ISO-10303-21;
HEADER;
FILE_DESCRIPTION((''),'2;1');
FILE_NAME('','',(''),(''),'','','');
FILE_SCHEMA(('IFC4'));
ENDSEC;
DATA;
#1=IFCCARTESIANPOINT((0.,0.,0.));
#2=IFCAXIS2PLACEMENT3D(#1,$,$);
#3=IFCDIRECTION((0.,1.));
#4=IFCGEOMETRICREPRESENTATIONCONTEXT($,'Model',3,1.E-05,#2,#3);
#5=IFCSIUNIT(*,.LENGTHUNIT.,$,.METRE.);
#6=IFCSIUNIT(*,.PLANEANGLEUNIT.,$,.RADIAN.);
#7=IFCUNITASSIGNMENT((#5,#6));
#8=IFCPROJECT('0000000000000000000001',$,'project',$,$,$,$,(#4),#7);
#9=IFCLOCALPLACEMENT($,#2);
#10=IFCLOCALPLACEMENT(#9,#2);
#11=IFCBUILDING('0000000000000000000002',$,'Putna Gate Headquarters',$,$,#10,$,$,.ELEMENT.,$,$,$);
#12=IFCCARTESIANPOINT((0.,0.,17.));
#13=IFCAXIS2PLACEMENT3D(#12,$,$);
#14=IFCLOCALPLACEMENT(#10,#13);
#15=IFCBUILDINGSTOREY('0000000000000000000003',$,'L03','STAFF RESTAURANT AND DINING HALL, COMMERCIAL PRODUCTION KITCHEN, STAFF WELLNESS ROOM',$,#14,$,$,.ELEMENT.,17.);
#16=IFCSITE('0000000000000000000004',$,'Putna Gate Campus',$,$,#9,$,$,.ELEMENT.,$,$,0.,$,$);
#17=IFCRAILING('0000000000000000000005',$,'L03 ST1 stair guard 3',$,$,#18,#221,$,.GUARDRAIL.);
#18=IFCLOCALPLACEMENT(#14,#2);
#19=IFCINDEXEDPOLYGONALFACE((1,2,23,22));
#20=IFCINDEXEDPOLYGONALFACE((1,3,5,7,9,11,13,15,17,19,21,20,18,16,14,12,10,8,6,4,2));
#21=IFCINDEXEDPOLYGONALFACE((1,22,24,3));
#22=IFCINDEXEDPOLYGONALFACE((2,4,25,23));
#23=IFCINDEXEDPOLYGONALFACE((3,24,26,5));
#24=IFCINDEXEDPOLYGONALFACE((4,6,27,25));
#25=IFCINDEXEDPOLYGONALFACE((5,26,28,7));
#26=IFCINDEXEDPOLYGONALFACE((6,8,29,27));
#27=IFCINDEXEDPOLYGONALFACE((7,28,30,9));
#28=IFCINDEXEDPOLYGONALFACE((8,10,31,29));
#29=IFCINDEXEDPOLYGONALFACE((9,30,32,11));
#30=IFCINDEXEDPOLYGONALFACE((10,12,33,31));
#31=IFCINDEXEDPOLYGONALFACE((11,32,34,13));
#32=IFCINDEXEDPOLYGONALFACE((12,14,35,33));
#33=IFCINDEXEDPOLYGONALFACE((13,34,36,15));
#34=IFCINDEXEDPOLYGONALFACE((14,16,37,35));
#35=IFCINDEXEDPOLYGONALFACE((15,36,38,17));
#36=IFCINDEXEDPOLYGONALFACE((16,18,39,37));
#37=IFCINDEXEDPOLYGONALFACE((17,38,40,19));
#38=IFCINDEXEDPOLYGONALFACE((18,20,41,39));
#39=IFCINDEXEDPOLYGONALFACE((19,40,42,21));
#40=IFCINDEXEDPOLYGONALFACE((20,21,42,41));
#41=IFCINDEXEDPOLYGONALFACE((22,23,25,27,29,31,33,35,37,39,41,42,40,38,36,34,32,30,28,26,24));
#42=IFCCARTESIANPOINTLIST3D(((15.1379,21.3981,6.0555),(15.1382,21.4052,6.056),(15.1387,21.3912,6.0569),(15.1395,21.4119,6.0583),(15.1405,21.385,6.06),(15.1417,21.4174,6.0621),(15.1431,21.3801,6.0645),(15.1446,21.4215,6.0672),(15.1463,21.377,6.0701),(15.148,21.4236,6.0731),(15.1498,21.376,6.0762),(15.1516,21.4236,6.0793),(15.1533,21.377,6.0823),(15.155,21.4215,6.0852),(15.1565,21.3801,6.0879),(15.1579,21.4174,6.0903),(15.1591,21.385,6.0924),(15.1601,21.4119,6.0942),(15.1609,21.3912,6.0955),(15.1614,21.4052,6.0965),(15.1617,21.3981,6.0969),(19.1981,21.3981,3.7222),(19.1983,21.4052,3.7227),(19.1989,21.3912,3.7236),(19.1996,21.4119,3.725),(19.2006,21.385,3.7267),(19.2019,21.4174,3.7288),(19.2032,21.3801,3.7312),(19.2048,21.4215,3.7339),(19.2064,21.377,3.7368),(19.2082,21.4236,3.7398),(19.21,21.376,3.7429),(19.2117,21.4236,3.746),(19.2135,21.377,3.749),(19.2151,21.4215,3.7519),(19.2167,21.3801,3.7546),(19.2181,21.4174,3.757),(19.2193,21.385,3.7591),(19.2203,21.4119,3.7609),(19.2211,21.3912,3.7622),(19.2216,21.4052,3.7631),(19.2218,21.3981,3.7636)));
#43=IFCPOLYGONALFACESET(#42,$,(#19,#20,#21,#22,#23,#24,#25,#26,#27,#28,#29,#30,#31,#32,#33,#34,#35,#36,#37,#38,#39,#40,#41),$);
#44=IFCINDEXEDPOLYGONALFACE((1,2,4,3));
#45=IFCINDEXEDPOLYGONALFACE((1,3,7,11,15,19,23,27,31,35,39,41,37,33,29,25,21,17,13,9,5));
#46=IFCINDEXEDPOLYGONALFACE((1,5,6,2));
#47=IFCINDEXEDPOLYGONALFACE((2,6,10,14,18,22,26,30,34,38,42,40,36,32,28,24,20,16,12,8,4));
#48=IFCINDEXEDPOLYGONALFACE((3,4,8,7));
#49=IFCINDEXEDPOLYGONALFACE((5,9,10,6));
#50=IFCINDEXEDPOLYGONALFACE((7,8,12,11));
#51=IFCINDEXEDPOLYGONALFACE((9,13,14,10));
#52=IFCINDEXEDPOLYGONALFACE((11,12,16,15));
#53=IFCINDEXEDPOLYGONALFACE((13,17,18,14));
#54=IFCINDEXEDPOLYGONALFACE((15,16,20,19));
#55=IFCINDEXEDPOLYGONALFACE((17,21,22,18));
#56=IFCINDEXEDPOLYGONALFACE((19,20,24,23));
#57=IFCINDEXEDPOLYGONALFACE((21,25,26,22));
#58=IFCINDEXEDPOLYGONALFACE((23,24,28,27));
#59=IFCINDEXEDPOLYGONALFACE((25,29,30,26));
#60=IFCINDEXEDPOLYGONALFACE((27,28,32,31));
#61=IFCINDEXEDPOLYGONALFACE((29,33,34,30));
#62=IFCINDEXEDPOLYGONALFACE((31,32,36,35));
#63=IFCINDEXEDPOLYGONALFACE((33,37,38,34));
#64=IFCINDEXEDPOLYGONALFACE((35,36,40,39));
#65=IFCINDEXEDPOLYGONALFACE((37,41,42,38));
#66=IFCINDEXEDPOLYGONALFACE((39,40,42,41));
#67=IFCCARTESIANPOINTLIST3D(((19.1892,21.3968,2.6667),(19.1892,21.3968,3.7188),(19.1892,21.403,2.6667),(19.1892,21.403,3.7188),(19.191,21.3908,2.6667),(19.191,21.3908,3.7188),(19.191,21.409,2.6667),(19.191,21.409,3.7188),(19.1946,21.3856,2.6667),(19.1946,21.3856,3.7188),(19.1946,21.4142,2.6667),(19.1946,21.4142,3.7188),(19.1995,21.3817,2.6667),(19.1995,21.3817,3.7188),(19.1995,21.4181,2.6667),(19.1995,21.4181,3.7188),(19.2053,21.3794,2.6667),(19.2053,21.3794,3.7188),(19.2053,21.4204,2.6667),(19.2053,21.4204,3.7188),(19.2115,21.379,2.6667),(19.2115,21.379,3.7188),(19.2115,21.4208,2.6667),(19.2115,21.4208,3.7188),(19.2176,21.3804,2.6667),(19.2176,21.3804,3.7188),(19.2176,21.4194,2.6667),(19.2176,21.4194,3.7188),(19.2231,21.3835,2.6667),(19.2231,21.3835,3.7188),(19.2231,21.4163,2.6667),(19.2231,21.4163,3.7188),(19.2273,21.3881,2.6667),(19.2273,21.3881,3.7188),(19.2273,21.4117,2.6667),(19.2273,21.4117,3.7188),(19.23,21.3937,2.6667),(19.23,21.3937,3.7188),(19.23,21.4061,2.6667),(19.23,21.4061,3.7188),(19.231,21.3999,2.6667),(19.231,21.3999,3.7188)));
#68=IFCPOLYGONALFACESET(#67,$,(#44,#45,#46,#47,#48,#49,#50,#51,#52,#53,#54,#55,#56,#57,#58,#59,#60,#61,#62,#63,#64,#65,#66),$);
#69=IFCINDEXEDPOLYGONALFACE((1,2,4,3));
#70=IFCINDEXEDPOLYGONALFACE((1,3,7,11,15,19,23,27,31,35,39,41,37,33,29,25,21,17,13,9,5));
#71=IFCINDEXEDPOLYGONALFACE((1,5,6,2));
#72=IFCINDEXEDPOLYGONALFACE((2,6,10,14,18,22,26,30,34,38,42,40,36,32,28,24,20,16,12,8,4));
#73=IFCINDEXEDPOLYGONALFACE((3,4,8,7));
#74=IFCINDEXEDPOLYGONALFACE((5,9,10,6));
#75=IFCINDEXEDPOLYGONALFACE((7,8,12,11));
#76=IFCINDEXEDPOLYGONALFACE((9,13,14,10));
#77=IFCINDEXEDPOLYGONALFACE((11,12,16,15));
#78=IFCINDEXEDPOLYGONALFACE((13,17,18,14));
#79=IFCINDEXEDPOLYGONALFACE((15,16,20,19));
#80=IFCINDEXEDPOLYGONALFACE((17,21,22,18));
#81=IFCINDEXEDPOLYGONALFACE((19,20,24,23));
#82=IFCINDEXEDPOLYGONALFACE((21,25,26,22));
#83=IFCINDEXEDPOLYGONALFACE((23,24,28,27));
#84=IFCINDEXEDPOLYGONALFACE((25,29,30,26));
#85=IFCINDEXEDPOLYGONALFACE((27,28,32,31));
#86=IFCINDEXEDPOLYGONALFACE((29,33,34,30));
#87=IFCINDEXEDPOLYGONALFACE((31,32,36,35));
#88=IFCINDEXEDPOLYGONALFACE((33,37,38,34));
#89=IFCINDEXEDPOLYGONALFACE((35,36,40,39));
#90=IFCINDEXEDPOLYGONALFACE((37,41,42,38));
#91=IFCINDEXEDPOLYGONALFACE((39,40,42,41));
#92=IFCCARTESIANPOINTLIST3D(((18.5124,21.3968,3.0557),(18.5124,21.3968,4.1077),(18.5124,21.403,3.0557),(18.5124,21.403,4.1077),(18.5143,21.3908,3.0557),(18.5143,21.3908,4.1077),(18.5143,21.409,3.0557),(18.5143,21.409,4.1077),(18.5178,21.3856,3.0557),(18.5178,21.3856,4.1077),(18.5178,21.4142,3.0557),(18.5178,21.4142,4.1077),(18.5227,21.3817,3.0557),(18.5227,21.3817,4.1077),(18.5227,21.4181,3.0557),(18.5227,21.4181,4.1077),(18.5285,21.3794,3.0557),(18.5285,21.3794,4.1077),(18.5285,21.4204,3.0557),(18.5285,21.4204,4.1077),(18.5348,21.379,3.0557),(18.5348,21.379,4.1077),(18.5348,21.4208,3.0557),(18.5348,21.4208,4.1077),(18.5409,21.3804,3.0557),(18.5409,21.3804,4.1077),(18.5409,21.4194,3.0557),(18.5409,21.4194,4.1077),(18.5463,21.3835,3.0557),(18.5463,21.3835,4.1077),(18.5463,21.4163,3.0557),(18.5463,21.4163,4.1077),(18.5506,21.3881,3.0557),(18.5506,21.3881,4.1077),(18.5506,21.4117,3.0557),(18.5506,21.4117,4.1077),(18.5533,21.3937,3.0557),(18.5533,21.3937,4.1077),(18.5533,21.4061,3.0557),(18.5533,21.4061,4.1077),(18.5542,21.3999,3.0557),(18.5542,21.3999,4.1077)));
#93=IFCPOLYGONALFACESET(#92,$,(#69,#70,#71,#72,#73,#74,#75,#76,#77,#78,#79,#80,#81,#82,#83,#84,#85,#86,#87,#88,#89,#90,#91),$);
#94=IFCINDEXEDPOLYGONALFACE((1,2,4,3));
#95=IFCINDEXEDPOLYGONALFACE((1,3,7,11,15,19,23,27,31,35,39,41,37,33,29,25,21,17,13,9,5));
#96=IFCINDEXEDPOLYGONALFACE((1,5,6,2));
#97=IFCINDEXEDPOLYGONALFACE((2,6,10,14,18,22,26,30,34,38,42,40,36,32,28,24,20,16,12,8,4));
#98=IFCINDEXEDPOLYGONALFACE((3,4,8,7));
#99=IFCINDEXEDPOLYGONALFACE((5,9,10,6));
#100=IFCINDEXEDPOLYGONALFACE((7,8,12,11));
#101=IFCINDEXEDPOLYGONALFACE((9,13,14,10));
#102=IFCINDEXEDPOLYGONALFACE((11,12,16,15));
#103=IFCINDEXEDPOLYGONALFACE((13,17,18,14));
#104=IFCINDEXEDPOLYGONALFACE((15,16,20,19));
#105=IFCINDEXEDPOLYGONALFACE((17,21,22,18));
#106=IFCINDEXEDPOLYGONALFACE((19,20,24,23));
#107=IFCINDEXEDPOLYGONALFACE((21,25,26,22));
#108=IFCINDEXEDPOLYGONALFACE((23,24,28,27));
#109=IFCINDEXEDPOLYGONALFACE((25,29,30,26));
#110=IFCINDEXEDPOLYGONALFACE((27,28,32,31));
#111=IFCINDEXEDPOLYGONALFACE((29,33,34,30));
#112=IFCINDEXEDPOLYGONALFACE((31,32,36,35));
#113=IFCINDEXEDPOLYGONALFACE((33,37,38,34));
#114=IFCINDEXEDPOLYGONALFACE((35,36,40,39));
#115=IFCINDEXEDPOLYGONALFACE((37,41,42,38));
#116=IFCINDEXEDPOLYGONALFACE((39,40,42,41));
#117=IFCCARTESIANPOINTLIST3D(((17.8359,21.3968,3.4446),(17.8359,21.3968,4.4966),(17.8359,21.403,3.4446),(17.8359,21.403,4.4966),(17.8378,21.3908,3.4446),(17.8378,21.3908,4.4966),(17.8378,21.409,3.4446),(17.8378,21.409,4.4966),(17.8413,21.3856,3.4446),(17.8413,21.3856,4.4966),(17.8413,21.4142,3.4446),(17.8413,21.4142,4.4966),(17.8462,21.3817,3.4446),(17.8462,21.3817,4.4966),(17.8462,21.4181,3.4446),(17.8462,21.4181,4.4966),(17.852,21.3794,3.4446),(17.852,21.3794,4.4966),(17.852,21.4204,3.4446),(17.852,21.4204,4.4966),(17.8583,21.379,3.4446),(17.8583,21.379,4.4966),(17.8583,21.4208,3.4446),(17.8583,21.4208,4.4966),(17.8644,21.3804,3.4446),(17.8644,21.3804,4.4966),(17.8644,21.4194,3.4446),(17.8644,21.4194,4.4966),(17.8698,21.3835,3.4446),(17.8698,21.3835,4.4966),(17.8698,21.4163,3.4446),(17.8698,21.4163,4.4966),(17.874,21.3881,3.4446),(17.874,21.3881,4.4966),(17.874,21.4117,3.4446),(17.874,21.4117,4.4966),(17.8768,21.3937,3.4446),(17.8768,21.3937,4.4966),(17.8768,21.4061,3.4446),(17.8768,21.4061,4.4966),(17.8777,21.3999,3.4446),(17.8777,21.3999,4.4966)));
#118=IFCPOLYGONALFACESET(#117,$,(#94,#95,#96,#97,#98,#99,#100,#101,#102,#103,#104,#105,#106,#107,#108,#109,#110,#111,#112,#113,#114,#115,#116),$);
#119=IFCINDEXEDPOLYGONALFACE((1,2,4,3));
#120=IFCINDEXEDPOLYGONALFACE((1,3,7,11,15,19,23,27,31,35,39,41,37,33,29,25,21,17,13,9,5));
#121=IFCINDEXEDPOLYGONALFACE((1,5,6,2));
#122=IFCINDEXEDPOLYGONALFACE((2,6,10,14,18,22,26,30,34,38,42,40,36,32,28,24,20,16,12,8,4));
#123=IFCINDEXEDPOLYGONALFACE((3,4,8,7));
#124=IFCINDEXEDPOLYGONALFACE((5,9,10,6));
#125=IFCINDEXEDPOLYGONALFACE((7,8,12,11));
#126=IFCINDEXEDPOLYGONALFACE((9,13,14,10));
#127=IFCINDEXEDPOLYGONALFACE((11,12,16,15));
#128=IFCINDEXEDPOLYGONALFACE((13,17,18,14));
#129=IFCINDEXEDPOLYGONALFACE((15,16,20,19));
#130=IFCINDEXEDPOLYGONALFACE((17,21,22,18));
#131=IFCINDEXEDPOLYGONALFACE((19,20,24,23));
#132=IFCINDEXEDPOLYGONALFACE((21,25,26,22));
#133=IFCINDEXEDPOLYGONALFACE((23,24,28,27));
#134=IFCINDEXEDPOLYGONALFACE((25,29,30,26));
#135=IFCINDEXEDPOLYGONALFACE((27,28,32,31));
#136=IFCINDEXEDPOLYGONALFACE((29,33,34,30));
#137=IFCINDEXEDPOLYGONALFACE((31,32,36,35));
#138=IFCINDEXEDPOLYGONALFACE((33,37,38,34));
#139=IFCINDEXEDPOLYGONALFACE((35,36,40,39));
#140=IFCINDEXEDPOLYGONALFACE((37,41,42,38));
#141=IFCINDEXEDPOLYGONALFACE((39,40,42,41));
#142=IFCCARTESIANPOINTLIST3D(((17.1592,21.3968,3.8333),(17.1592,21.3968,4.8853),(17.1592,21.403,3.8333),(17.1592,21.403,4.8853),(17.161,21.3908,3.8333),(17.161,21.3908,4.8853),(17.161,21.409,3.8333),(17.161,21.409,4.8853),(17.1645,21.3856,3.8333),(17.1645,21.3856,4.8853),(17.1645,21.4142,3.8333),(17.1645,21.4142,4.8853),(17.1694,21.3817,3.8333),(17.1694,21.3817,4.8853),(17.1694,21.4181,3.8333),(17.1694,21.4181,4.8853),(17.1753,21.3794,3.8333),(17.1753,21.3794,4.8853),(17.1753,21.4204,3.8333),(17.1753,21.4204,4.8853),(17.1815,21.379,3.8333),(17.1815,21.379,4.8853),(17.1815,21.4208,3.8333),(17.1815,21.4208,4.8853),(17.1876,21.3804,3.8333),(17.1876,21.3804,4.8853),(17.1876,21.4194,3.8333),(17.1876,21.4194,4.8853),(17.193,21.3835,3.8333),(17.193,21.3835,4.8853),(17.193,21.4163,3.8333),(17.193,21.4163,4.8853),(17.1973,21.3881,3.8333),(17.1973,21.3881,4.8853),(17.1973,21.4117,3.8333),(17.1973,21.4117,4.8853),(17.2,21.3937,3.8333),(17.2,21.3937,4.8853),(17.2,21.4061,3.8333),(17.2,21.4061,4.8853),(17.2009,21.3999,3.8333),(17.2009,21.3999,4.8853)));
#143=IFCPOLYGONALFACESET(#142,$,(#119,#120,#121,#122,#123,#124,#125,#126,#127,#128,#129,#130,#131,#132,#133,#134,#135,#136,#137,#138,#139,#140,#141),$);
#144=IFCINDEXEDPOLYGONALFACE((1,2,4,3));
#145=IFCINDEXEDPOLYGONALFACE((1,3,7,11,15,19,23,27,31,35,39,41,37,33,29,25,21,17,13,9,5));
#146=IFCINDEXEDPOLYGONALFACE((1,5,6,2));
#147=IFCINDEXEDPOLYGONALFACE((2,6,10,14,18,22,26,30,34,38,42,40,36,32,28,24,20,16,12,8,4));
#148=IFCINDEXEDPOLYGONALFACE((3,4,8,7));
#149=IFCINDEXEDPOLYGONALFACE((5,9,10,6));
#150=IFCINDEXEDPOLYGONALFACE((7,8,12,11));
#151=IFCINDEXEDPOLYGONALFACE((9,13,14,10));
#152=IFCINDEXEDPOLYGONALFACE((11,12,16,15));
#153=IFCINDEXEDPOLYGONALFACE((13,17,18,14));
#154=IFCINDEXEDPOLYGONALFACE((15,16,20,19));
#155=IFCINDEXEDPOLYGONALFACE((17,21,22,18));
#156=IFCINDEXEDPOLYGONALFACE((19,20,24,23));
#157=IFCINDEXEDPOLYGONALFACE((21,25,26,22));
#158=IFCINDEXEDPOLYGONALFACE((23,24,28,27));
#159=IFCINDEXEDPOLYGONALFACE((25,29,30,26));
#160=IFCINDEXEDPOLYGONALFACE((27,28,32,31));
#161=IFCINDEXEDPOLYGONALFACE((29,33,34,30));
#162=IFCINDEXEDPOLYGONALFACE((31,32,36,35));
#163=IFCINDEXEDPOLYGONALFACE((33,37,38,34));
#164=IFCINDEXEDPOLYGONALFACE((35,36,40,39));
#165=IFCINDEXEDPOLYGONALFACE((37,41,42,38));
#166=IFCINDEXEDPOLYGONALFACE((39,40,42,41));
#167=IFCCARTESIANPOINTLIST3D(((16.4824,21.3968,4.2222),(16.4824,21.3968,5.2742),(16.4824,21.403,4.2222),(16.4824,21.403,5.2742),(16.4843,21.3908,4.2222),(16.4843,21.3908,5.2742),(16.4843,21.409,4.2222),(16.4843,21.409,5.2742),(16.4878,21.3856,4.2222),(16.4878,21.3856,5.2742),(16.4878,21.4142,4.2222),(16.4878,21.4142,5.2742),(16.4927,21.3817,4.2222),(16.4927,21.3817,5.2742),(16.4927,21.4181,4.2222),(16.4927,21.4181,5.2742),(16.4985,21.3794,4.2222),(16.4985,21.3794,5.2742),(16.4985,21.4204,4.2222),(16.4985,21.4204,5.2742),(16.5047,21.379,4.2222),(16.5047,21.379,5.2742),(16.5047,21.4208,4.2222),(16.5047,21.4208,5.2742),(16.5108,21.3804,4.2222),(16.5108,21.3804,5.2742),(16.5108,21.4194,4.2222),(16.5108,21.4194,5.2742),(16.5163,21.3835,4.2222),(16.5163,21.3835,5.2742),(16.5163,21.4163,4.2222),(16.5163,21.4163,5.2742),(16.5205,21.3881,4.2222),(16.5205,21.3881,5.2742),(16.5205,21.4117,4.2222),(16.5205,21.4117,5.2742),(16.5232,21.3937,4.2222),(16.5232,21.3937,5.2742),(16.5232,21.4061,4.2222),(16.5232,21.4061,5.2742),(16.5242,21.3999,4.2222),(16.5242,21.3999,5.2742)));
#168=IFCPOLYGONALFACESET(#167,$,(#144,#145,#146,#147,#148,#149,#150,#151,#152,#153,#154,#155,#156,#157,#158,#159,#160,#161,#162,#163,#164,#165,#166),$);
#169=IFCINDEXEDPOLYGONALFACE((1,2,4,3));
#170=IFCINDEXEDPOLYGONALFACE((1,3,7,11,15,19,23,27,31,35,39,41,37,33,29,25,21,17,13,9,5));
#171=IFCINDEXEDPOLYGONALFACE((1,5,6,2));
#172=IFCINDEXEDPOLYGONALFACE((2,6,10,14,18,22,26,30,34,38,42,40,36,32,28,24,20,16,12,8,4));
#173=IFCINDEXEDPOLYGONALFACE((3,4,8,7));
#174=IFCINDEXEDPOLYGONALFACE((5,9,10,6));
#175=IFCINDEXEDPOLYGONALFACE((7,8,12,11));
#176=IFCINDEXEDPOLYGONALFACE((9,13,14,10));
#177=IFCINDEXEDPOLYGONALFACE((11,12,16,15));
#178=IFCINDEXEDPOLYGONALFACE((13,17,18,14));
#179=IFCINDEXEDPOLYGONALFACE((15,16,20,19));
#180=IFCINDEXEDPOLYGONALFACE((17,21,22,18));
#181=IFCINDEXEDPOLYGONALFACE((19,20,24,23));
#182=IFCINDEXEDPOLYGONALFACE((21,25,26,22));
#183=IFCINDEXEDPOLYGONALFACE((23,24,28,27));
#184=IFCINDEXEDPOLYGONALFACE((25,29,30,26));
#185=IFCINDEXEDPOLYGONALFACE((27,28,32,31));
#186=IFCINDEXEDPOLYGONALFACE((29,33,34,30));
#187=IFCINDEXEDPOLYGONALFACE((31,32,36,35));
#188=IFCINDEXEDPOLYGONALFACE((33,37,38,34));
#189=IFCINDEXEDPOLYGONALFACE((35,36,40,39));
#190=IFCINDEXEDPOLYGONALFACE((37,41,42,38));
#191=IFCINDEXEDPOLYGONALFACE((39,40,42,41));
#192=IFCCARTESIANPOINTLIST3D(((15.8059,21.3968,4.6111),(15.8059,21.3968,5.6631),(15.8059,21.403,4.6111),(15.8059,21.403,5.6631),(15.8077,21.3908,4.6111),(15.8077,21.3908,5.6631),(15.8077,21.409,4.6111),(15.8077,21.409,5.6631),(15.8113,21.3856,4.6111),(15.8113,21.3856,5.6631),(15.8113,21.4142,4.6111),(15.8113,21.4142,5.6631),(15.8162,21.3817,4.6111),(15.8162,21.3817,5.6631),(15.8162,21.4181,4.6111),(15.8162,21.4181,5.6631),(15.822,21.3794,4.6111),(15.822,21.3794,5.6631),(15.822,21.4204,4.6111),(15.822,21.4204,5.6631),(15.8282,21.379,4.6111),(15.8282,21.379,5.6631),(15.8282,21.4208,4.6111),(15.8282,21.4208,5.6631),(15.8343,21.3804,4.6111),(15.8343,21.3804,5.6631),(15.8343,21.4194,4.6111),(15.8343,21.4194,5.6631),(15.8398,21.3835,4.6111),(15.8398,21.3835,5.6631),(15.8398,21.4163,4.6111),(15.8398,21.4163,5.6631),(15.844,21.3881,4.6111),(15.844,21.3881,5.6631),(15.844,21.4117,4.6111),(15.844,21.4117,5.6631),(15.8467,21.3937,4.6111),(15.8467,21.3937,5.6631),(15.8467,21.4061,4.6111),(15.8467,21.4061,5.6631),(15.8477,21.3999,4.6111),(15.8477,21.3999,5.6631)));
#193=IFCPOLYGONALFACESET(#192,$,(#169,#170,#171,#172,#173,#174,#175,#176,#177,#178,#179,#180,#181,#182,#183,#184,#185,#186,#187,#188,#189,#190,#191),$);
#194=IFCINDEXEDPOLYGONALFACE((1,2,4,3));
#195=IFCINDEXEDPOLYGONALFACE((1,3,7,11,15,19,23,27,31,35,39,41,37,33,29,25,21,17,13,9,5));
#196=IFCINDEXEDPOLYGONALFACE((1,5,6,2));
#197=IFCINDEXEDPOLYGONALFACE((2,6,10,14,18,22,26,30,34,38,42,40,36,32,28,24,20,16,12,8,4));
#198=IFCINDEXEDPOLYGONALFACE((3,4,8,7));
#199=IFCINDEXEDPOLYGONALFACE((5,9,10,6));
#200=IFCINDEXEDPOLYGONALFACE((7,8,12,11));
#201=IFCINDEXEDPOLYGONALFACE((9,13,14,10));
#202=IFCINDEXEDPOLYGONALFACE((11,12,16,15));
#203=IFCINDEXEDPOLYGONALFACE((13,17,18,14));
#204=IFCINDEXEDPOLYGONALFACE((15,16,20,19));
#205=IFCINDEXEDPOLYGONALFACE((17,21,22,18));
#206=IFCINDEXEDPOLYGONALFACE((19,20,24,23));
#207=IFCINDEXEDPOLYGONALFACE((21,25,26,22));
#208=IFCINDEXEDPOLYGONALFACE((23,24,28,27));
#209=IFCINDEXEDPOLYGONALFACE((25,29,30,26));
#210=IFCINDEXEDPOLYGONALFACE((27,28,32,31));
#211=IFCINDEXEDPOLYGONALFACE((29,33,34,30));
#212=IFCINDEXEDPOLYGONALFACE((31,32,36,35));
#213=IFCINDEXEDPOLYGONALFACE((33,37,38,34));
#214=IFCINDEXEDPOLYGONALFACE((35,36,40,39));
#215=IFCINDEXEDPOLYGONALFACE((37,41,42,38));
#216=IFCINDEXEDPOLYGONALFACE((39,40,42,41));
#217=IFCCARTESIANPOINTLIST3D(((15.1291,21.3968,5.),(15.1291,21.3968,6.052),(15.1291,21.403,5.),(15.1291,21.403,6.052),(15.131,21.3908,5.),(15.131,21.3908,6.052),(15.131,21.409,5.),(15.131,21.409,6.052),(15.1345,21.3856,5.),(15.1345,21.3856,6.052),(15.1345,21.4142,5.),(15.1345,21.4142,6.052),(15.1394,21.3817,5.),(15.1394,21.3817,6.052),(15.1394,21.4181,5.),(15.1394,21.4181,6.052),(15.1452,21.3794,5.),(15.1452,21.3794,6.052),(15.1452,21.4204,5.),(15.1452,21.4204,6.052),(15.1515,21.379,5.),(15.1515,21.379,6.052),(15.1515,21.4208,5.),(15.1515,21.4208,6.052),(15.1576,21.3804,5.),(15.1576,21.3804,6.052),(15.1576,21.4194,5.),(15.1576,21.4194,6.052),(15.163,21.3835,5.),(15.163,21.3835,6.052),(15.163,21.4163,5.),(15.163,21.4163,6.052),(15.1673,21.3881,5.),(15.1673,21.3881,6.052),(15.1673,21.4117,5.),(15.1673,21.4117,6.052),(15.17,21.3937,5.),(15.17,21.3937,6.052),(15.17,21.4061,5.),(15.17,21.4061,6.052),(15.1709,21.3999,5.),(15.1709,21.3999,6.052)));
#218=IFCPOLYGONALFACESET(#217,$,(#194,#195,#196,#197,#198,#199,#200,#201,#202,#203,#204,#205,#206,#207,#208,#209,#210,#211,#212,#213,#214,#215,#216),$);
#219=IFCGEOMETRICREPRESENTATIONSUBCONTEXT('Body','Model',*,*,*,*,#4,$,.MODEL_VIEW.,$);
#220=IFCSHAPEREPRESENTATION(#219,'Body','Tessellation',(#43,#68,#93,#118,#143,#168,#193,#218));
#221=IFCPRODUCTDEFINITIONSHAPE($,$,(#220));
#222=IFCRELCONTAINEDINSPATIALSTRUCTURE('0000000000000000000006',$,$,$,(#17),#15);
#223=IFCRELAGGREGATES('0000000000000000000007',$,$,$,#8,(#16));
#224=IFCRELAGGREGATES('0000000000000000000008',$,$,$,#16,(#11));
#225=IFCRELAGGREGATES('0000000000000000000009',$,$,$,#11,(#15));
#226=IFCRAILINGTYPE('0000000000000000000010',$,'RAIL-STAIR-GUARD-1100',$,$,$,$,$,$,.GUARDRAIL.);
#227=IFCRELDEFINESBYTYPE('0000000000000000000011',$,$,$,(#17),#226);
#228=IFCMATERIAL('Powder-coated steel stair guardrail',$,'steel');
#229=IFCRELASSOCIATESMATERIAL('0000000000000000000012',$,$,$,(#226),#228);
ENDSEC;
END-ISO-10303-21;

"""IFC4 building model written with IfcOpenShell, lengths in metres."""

from ifc_helpers import new_model, si_unit, direction, frame, origin, origin_2d, place, context, subcontext, project, spatial, circle, extrude, material, type_object, element, save


model = new_model("IFC4")

# Units and contexts
model_context = context("Model", 3, precision=1e-05, world=origin(), true_north=direction((0.0, 1.0)))
body_context = subcontext(model_context, "Body", "Model", "MODEL_VIEW")
ifc_project = project(units=[si_unit("LENGTHUNIT", "METRE"), si_unit("PLANEANGLEUNIT", "RADIAN")], contexts=[model_context])

# Site, building, storey
site_placement = place(None, origin())
site = spatial("IfcSite", under=ifc_project, at=site_placement, Name="Putna Gate Campus", CompositionType="ELEMENT", RefElevation=0.0)
building_placement = place(site_placement, origin())
building = spatial("IfcBuilding", under=site, at=building_placement, Name="Putna Gate Headquarters", CompositionType="ELEMENT")
storey_placement = place(building_placement, frame((0.0, 0.0, 17.0)))
storey = spatial("IfcBuildingStorey", under=building, at=storey_placement, Name="L03", Description="STAFF RESTAURANT AND DINING HALL, COMMERCIAL PRODUCTION KITCHEN, STAFF WELLNESS ROOM", CompositionType="ELEMENT", Elevation=17.0)

# Railing
ifc_material_1 = material(Name="Powder-coated steel stair guardrail", Category="steel")
railing_type = type_object("IfcRailingType", Name="RAIL-STAIR-GUARD-1100", PredefinedType="GUARDRAIL", material=ifc_material_1)
railing_1_placement = place(storey_placement, frame((19.21, 21.3999, 2.6667)))
element("IfcRailing", 1, at=railing_1_placement, inside=storey, type_object=railing_type, Name="L03 ST1 stair guard 3", PredefinedType="GUARDRAIL", context=body_context, shape_type="SweptSolid", body=[
    extrude(circle(Radius=0.0239, at=origin_2d()), frame((0.0, 0.0, 1.0762), z_axis=(-0.867025, 0.0, 0.498265), x_axis=(0.0, -1.0, 0.0)), (0.0, 0.0, 1.0), 4.6829),
    extrude(circle(Radius=0.021, at=origin_2d()), origin(), (0.0, 0.0, 1.0), 1.052),
    extrude(circle(Radius=0.021, at=origin_2d()), frame((-0.6768, 0.0, 0.3889)), (0.0, 0.0, 1.0), 1.052),
    extrude(circle(Radius=0.021, at=origin_2d()), frame((-1.3533, 0.0, 0.7778)), (0.0, 0.0, 1.0), 1.052),
    extrude(circle(Radius=0.021, at=origin_2d()), frame((-2.03, 0.0, 1.1665)), (0.0, 0.0, 1.0), 1.052),
    extrude(circle(Radius=0.021, at=origin_2d()), frame((-2.7068, 0.0, 1.5554)), (0.0, 0.0, 1.0), 1.052),
    extrude(circle(Radius=0.021, at=origin_2d()), frame((-3.3833, 0.0, 1.9443)), (0.0, 0.0, 1.0), 1.052),
    extrude(circle(Radius=0.021, at=origin_2d()), frame((-4.0601, 0.0, 2.3333)), (0.0, 0.0, 1.0), 1.052),
])

save(model, "model.ifc")
